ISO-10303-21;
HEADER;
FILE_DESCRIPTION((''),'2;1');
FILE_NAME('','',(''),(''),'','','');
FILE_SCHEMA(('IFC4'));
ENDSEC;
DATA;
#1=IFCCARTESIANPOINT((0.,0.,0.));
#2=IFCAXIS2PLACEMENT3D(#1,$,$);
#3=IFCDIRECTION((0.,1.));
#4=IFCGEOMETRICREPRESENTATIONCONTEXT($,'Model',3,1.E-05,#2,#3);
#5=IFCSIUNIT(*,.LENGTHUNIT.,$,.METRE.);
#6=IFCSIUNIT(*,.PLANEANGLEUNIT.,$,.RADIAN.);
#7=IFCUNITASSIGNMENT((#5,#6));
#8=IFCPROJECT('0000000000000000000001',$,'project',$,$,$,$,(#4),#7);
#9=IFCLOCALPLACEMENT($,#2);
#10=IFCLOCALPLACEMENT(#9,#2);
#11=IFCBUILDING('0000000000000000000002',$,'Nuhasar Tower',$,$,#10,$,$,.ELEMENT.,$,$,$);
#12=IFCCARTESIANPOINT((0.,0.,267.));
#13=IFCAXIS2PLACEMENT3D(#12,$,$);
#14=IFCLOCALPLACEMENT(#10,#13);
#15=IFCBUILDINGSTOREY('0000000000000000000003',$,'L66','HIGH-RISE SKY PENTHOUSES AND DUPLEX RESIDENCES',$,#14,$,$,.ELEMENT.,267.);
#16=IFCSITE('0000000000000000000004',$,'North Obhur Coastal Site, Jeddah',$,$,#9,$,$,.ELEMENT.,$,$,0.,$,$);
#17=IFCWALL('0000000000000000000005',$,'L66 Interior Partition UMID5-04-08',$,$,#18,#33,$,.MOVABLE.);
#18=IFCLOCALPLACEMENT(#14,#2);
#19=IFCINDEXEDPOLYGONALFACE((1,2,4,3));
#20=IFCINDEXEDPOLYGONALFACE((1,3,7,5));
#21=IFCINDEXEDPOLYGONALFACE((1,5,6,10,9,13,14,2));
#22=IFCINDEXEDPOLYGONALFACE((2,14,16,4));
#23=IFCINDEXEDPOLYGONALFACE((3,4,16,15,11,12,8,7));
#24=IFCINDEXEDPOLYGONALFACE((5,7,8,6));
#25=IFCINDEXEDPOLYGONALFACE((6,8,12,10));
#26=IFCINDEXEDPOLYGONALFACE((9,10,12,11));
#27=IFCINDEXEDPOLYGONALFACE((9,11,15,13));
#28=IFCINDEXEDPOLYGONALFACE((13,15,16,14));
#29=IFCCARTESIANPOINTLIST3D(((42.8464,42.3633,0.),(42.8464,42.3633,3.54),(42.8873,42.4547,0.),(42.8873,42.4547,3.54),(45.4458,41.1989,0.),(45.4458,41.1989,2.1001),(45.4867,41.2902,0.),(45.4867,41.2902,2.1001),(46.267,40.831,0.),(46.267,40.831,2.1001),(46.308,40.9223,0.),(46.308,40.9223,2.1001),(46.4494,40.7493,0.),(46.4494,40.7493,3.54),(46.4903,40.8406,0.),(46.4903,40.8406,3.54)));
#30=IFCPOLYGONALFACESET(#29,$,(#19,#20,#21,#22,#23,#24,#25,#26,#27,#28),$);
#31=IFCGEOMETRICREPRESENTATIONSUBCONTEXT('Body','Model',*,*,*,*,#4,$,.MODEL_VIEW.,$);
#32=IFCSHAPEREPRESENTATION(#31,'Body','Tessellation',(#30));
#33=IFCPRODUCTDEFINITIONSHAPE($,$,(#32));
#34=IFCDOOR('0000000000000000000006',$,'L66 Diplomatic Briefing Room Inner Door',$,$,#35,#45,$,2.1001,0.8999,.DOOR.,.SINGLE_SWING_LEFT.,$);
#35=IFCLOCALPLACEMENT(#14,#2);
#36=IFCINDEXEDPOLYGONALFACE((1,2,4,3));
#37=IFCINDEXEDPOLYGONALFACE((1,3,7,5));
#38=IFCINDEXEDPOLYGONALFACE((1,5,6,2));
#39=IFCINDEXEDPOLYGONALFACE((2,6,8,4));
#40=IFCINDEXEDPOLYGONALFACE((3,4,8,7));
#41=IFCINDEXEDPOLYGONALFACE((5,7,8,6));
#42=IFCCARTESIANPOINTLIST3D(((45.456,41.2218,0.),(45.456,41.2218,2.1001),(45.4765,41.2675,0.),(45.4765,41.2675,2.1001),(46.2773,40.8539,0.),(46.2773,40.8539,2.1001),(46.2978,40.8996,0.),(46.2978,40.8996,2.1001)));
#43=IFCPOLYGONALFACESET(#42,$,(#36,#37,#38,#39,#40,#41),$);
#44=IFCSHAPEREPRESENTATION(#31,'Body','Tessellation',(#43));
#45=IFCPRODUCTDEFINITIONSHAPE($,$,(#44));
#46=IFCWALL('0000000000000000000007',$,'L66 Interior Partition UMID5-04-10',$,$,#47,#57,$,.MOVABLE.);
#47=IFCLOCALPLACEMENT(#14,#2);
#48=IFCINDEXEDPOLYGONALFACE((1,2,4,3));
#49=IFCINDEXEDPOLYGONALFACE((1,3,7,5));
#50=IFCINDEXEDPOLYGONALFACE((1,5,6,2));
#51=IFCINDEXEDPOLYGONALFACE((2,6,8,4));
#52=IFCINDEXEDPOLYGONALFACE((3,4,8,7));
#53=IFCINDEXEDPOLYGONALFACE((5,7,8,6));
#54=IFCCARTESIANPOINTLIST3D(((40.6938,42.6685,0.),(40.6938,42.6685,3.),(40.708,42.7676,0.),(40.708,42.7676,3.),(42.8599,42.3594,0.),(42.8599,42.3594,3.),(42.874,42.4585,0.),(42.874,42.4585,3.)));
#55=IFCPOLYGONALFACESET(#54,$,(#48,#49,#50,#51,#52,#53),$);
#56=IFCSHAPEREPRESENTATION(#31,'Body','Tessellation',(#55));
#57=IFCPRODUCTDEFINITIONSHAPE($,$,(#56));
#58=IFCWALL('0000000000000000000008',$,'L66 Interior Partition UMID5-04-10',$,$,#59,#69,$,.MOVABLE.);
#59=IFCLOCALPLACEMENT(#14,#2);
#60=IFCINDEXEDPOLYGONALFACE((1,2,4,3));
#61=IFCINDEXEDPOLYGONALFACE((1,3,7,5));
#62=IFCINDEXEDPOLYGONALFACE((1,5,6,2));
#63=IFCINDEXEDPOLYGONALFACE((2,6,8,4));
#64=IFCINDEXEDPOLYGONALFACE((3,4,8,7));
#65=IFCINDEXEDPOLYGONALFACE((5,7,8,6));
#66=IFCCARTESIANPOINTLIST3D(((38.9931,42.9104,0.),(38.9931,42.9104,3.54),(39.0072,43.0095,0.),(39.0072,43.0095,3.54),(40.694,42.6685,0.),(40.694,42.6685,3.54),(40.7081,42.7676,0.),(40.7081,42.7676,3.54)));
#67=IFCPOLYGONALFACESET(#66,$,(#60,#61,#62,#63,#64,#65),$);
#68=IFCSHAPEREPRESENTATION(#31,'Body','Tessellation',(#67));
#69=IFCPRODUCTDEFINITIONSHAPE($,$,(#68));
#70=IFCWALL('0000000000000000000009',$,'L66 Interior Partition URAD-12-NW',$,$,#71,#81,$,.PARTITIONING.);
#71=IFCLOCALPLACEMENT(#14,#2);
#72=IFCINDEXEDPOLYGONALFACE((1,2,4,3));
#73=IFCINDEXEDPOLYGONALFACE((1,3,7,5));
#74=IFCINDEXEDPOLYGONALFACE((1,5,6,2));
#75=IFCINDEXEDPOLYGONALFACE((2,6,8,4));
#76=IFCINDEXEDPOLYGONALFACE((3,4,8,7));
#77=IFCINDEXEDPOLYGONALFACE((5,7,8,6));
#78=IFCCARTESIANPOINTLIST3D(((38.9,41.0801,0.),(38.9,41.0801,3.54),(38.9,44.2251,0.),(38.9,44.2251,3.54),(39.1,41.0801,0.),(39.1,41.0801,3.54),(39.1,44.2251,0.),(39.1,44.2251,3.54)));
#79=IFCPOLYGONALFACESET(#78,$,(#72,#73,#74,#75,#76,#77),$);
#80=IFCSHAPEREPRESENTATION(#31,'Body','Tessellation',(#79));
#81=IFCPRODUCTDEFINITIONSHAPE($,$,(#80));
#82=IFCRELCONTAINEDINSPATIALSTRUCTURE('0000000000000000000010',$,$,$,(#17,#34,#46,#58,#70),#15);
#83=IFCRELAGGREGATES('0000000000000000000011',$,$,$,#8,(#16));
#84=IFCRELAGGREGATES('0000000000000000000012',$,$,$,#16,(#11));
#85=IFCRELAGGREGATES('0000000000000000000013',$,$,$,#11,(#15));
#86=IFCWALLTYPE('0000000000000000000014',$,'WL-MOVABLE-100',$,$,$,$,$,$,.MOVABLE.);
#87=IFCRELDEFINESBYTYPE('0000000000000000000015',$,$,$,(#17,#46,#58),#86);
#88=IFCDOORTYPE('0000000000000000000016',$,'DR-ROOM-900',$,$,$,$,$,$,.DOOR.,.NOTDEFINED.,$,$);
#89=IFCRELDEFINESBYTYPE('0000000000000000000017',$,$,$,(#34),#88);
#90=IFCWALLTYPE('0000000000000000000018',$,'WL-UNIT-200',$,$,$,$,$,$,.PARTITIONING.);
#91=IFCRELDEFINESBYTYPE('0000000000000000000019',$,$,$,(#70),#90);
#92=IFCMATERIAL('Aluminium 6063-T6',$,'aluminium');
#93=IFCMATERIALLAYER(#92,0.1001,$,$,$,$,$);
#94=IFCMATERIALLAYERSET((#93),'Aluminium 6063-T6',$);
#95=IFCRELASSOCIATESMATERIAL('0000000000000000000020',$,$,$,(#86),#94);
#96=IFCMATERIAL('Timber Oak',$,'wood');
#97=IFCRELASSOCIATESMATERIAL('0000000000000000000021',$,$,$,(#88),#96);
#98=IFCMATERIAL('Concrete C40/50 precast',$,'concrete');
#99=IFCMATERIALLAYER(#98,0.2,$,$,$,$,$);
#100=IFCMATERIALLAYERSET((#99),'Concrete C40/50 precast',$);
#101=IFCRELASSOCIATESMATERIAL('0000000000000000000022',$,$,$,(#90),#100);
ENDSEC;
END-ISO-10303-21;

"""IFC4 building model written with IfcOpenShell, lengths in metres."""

from ifc_helpers import new_model, si_unit, direction, frame, frame_2d, origin, place, context, subcontext, project, spatial, rectangle, extrude, material, layer, layer_set, type_object, element, fill, save


model = new_model("IFC4")

# Units and contexts
model_context = context("Model", 3, precision=1e-05, world=origin(), true_north=direction((0.0, 1.0)))
body_context = subcontext(model_context, "Body", "Model", "MODEL_VIEW")
ifc_project = project(units=[si_unit("LENGTHUNIT", "METRE"), si_unit("PLANEANGLEUNIT", "RADIAN")], contexts=[model_context])

# Site, building, storey
site_placement = place(None, origin())
site = spatial("IfcSite", under=ifc_project, at=site_placement, Name="North Obhur Coastal Site, Jeddah", CompositionType="ELEMENT", RefElevation=0.0)
building_placement = place(site_placement, origin())
building = spatial("IfcBuilding", under=site, at=building_placement, Name="Nuhasar Tower", CompositionType="ELEMENT")
storey_placement = place(building_placement, frame((0.0, 0.0, 267.0)))
storey = spatial("IfcBuildingStorey", under=building, at=storey_placement, Name="L66", Description="HIGH-RISE SKY PENTHOUSES AND DUPLEX RESIDENCES", CompositionType="ELEMENT", Elevation=267.0)

# Shared definitions
ifc_material_1 = material(Name="Aluminium 6063-T6", Category="aluminium")

# Shared definitions
ifc_material_2 = material(Name="Timber Oak", Category="wood")

# Wall, opening, door
ifc_layer_1 = layer(ifc_material_1, 0.1001)
ifc_layer_set_1 = layer_set([ifc_layer_1], Name="Aluminium 6063-T6")
wall_type_1 = type_object("IfcWallType", Name="WL-MOVABLE-100", PredefinedType="MOVABLE", material=ifc_layer_set_1)
wall_1_placement = place(storey_placement, frame((46.47, 40.7949, 0.0), z_axis=(0.0, 0.0, 1.0), x_axis=(-0.912617, 0.408816, 0.0)))
wall_1 = element("IfcWall", 1, at=wall_1_placement, inside=storey, type_object=wall_type_1, Name="L66 Interior Partition UMID5-04-08", PredefinedType="MOVABLE", context=body_context, shape_type="SweptSolid", body=[
    extrude(rectangle(XDim=3.948, YDim=0.1001, at=frame_2d((1.9741, 0.0))), origin(), (0.0, 0.0, 1.0), 3.54),
])
opening_1_placement = place(wall_1_placement, frame((0.2, 0.0, 0.0)))
opening_1 = element("IfcOpeningElement", 2, at=opening_1_placement, cuts=wall_1, PredefinedType="OPENING", context=body_context, shape_type="SweptSolid", body=[
    extrude(rectangle(XDim=0.8999, YDim=2.1001, at=frame_2d((0.45, 1.05))), frame((0.0, 0.0601, 0.0), z_axis=(0.0, -1.0, 0.0), x_axis=(1.0, 0.0, 0.0)), (0.0, 0.0, 1.0), 0.1201),
])
door_type_1 = type_object("IfcDoorType", Name="DR-ROOM-900", OperationType="NOTDEFINED", PredefinedType="DOOR", material=ifc_material_2)
door_1_placement = place(opening_1_placement, origin())
door_1 = element("IfcDoor", 3, at=door_1_placement, inside=storey, type_object=door_type_1, Name="L66 Diplomatic Briefing Room Inner Door", OperationType="SINGLE_SWING_LEFT", OverallHeight=2.1001, OverallWidth=0.8999, PredefinedType="DOOR", context=body_context, shape_type="SweptSolid", body=[
    extrude(rectangle(XDim=0.8999, YDim=2.1001, at=frame_2d((0.45, 1.05))), frame((0.0, 0.0249, 0.0), z_axis=(0.0, -1.0, 0.0), x_axis=(1.0, 0.0, 0.0)), (0.0, 0.0, 1.0), 0.05),
])
fill(opening_1, door_1)

# Walls
wall_2_placement = place(storey_placement, frame((42.8669, 42.4089, 0.0), z_axis=(0.0, 0.0, 1.0), x_axis=(-0.989972, 0.141265, 0.0)))
element("IfcWall", 4, at=wall_2_placement, inside=storey, type_object=wall_type_1, Name="L66 Interior Partition UMID5-04-10", PredefinedType="MOVABLE", context=body_context, shape_type="SweptSolid", body=[
    extrude(rectangle(XDim=2.188, YDim=0.1001, at=frame_2d((1.094, 0.0))), origin(), (0.0, 0.0, 1.0), 3.0),
])
wall_3_placement = place(storey_placement, frame((40.7009, 42.718, 0.0), z_axis=(0.0, 0.0, 1.0), x_axis=(-0.990035, 0.140824, 0.0)))
element("IfcWall", 5, at=wall_3_placement, inside=storey, type_object=wall_type_1, Name="L66 Interior Partition UMID5-04-10", PredefinedType="MOVABLE", context=body_context, shape_type="SweptSolid", body=[
    extrude(rectangle(XDim=1.718, YDim=0.1001, at=frame_2d((0.8589, 0.0))), origin(), (0.0, 0.0, 1.0), 3.54),
])
ifc_material_3 = material(Name="Concrete C40/50 precast", Category="concrete")
ifc_layer_2 = layer(ifc_material_3, 0.2)
ifc_layer_set_2 = layer_set([ifc_layer_2], Name="Concrete C40/50 precast")
wall_type_2 = type_object("IfcWallType", Name="WL-UNIT-200", PredefinedType="PARTITIONING", material=ifc_layer_set_2)
wall_4_placement = place(storey_placement, frame((39.0, 41.0801, 0.0), z_axis=(0.0, 0.0, 1.0), x_axis=(0.0, 1.0, 0.0)))
element("IfcWall", 6, at=wall_4_placement, inside=storey, type_object=wall_type_2, Name="L66 Interior Partition URAD-12-NW", PredefinedType="PARTITIONING", context=body_context, shape_type="SweptSolid", body=[
    extrude(rectangle(XDim=3.145, YDim=0.2, at=frame_2d((1.5725, 0.0))), origin(), (0.0, 0.0, 1.0), 3.54),
])

save(model, "model.ifc")
